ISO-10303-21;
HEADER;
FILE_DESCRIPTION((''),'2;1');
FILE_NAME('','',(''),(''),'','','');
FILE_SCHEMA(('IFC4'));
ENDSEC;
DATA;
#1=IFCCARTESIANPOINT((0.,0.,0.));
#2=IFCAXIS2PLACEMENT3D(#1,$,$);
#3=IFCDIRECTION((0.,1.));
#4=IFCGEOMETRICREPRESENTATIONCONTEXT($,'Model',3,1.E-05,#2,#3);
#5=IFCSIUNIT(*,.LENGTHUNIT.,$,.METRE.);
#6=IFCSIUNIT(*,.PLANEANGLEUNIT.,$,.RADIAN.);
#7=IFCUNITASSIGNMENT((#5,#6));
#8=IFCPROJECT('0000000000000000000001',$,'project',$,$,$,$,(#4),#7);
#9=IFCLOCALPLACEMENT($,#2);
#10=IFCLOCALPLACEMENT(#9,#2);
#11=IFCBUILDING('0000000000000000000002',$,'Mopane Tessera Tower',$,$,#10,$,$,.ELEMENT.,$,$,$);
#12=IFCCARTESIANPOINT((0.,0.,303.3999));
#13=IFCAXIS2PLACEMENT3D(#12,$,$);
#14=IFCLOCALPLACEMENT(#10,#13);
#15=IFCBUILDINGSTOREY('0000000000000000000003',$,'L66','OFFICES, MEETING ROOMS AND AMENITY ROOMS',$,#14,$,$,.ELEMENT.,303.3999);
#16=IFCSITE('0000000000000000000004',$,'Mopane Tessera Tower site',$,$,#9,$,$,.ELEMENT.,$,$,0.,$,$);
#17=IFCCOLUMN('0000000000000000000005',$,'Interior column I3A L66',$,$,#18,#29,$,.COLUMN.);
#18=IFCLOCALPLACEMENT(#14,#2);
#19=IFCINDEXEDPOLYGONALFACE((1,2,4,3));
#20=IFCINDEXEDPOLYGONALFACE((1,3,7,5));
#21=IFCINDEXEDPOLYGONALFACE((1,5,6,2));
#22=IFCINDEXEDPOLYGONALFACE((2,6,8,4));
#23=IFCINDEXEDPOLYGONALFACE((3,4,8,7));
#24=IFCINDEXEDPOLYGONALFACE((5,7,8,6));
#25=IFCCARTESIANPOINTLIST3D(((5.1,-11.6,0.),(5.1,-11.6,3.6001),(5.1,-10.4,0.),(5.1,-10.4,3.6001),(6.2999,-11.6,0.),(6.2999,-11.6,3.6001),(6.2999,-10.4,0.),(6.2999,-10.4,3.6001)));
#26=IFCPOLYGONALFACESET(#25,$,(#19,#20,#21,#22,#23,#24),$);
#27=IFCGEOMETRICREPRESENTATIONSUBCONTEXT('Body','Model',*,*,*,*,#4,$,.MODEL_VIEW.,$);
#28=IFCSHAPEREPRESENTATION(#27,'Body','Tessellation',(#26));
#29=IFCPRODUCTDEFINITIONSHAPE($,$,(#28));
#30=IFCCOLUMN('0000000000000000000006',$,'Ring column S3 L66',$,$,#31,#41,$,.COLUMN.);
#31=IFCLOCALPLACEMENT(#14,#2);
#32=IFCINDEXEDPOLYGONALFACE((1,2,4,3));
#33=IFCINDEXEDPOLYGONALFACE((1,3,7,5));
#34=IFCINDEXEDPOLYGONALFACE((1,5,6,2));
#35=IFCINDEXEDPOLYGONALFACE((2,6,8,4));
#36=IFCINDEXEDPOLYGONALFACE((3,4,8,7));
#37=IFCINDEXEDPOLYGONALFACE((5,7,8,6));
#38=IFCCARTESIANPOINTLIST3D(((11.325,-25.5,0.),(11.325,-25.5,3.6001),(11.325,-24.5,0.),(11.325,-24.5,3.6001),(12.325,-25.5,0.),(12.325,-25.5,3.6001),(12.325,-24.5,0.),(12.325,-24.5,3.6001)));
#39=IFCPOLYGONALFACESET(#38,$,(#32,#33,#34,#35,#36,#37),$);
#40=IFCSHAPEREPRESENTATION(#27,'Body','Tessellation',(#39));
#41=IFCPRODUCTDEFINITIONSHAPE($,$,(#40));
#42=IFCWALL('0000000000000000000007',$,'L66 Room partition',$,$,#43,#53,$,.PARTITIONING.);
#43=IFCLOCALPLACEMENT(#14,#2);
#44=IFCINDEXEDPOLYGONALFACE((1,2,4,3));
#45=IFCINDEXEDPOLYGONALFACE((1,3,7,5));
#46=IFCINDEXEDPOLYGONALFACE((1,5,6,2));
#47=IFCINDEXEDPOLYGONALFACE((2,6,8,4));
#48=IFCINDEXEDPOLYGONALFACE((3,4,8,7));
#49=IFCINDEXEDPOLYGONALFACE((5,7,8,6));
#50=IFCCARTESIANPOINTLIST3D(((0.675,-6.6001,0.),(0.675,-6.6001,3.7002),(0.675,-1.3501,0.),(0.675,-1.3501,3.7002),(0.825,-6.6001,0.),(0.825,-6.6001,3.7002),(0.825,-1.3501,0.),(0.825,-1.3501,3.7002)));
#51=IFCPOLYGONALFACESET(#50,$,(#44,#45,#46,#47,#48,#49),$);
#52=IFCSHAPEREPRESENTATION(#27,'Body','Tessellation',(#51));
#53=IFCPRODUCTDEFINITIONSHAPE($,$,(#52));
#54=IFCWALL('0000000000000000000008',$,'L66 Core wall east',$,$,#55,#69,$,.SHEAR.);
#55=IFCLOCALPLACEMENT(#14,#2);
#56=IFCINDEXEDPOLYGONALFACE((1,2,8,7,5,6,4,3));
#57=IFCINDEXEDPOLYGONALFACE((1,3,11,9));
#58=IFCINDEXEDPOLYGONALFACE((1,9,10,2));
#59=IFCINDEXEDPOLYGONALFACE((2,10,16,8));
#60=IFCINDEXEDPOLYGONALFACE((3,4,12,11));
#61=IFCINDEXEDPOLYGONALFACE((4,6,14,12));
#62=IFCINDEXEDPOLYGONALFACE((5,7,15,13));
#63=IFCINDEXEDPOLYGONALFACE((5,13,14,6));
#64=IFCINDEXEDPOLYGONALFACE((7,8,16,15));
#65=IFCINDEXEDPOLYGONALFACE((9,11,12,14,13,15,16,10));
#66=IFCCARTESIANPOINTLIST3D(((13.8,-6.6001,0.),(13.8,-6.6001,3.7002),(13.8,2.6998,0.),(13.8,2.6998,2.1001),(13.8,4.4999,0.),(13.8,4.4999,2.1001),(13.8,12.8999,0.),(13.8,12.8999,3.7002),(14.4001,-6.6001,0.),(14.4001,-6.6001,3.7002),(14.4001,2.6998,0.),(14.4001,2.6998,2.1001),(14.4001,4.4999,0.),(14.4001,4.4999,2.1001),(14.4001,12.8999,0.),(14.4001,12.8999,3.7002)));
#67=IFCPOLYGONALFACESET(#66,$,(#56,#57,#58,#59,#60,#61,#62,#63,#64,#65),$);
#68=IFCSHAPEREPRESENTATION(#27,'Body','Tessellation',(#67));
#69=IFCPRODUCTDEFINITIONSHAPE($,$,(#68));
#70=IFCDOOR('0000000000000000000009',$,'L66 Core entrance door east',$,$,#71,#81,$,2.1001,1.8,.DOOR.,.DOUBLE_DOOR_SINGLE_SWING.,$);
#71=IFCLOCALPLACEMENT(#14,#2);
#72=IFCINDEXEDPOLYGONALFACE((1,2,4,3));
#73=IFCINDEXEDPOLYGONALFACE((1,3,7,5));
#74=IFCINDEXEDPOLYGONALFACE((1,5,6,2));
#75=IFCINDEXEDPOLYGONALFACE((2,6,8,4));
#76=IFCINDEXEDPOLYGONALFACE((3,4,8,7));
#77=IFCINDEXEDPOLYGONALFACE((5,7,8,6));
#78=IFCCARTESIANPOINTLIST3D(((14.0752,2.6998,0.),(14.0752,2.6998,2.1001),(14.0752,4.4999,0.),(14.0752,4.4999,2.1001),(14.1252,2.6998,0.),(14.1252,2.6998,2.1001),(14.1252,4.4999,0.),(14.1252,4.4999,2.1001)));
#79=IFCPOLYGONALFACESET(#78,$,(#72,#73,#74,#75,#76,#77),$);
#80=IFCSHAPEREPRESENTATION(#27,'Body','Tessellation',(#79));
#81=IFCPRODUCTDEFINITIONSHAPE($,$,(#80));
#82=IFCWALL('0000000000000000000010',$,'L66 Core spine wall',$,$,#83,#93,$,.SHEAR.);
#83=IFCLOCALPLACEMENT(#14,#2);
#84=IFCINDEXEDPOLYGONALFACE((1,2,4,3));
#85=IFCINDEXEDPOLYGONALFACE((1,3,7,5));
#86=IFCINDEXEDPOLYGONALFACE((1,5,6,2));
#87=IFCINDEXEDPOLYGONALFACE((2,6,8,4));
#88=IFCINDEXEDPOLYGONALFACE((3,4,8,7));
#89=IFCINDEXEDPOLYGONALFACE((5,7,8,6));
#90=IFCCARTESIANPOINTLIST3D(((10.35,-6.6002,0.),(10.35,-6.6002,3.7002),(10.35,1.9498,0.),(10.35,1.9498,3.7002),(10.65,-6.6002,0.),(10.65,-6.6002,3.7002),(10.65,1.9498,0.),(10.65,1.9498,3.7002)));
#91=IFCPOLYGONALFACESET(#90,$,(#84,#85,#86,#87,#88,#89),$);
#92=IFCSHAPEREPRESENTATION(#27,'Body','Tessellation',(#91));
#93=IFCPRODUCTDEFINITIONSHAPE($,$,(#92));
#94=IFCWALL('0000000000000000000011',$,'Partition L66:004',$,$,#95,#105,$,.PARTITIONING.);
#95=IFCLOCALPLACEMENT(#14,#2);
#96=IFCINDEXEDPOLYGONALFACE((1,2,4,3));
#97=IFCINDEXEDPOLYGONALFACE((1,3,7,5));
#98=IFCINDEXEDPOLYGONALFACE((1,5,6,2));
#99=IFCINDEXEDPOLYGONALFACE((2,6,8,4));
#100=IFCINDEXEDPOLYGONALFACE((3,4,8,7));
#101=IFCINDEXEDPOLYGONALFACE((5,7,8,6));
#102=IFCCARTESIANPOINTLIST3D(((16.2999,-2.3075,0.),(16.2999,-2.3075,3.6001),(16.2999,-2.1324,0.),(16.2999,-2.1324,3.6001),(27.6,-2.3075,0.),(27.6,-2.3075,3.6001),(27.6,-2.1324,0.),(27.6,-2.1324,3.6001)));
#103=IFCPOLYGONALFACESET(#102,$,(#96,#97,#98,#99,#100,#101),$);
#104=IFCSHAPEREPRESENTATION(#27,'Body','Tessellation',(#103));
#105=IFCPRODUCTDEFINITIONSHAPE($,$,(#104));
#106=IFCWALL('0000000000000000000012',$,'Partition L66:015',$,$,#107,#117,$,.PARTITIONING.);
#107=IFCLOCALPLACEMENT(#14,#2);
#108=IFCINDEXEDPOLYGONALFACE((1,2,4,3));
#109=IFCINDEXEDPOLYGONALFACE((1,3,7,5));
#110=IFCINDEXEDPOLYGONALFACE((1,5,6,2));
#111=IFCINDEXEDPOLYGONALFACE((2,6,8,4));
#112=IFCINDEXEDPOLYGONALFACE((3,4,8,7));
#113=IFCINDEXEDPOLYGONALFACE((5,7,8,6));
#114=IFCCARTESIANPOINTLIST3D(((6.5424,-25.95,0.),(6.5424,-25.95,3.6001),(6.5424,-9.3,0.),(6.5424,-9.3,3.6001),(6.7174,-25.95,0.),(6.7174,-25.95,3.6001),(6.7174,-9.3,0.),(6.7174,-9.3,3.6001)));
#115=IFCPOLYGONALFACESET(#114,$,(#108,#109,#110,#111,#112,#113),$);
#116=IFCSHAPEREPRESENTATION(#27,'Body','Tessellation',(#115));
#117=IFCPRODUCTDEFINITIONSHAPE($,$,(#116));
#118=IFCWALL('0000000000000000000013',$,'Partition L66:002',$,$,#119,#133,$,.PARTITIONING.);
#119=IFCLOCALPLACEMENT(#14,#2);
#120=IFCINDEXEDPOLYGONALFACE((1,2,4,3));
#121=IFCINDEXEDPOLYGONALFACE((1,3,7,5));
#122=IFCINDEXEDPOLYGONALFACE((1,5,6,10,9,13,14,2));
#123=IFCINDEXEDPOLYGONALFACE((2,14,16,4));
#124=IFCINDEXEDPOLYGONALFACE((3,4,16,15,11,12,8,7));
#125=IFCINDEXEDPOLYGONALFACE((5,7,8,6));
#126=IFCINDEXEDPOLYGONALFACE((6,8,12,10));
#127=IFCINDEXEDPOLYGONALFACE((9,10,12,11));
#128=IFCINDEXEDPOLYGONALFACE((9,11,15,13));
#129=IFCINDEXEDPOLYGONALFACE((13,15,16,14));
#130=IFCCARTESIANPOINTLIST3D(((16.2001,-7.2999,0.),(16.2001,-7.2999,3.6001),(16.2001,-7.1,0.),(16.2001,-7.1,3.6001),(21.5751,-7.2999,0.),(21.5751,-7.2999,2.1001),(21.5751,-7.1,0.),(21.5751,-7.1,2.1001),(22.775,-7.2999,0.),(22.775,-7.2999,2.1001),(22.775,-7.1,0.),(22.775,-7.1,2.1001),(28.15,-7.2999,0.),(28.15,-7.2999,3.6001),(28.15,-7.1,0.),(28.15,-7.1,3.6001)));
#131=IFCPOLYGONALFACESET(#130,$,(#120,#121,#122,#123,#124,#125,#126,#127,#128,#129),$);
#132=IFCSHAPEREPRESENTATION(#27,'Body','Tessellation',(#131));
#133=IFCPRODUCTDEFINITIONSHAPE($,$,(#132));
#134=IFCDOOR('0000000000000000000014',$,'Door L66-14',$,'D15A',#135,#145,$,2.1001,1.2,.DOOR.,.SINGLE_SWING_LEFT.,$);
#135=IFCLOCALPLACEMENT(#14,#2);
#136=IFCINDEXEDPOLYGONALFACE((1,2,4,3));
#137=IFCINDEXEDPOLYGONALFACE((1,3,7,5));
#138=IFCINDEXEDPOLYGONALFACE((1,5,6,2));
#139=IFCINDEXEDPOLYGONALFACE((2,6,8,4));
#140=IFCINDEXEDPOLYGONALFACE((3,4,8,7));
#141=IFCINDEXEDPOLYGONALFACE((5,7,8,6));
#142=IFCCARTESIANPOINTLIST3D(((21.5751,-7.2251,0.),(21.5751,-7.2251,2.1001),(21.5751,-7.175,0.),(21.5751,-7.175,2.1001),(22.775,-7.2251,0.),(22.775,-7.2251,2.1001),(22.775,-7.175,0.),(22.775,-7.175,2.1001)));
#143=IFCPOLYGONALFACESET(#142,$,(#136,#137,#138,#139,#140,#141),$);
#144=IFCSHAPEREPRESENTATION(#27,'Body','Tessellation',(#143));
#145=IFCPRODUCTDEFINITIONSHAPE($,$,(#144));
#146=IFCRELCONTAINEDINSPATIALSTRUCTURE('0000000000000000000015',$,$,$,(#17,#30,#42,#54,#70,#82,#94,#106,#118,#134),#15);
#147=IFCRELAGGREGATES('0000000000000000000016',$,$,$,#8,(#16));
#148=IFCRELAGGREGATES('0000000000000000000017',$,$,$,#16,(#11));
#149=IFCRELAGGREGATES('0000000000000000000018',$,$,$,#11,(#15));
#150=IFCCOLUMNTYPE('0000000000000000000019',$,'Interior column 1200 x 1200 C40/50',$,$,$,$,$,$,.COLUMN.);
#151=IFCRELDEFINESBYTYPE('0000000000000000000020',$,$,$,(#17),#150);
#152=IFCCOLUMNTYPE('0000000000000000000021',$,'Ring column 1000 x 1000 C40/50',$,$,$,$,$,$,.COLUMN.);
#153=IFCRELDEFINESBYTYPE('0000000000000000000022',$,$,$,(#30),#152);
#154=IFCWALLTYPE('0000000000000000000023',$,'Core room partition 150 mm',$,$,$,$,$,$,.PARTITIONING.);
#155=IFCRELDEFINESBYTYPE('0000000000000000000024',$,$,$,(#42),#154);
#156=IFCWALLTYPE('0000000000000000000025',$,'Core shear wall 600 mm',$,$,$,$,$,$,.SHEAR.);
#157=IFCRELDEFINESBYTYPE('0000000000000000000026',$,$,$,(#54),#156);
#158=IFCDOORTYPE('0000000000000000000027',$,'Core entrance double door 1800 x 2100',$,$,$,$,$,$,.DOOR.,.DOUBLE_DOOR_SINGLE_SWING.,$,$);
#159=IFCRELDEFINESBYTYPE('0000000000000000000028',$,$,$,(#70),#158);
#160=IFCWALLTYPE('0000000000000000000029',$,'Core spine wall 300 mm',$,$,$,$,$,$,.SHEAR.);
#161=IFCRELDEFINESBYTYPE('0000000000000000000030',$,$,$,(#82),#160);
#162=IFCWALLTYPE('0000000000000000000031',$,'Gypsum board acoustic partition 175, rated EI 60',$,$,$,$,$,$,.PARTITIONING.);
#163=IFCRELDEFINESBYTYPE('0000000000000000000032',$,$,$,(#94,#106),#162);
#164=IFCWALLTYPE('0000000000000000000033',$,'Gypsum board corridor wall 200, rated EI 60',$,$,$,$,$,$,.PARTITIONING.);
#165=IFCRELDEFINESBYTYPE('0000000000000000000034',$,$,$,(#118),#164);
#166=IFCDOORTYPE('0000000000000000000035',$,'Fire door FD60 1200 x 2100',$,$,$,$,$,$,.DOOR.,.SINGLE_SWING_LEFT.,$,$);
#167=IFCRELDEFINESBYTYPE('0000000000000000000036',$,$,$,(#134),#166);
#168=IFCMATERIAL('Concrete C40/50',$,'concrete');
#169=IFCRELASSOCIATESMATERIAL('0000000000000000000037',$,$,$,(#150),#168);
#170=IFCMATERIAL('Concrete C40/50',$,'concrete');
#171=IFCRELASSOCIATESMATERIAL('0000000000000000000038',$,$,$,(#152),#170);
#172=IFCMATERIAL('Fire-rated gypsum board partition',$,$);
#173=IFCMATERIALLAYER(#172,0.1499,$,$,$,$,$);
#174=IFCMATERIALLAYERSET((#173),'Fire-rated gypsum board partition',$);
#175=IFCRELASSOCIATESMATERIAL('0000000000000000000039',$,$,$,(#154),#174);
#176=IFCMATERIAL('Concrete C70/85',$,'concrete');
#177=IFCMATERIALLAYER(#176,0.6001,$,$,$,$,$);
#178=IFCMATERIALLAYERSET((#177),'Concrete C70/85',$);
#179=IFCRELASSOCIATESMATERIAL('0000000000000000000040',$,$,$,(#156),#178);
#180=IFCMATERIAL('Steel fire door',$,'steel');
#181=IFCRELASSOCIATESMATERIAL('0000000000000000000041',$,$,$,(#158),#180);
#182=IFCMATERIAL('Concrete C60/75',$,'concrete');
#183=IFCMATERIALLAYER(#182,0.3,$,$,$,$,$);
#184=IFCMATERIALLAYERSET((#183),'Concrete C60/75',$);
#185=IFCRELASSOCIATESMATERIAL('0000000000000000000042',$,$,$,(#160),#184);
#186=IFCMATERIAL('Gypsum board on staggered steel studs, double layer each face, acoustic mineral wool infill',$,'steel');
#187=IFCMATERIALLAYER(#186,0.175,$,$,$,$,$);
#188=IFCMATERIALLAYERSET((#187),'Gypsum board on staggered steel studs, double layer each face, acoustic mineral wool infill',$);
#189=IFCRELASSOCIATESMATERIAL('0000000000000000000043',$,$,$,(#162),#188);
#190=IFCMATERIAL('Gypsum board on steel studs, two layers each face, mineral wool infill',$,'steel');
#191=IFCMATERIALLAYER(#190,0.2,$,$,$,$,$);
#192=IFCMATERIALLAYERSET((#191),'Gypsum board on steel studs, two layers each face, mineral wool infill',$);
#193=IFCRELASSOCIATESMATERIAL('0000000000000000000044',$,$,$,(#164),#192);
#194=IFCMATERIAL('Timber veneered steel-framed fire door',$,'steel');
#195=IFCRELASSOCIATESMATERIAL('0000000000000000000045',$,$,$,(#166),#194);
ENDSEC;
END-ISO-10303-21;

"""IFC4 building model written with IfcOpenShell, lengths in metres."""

from ifc_helpers import new_model, si_unit, direction, frame, frame_2d, origin, origin_2d, place, context, subcontext, project, spatial, rectangle, extrude, material, layer, layer_set, material_profile, profile_set, type_object, element, fill, save


model = new_model("IFC4")

# Units and contexts
model_context = context("Model", 3, precision=1e-05, world=origin(), true_north=direction((0.0, 1.0)))
body_context = subcontext(model_context, "Body", "Model", "MODEL_VIEW")
ifc_project = project(units=[si_unit("LENGTHUNIT", "METRE"), si_unit("PLANEANGLEUNIT", "RADIAN")], contexts=[model_context])

# Site, building, storey
site_placement = place(None, origin())
site = spatial("IfcSite", under=ifc_project, at=site_placement, Name="Mopane Tessera Tower site", CompositionType="ELEMENT", RefElevation=0.0)
building_placement = place(site_placement, origin())
building = spatial("IfcBuilding", under=site, at=building_placement, Name="Mopane Tessera Tower", CompositionType="ELEMENT")
storey_placement = place(building_placement, frame((0.0, 0.0, 303.3999)))
storey = spatial("IfcBuildingStorey", under=building, at=storey_placement, Name="L66", Description="OFFICES, MEETING ROOMS AND AMENITY ROOMS", CompositionType="ELEMENT", Elevation=303.3999)

# Columns
ifc_material_1 = material(Name="Concrete C40/50", Category="concrete")
ifc_material_profile_1 = material_profile(ifc_material_1, rectangle(XDim=1.2, YDim=1.2, at=origin_2d()))
ifc_profile_set_1 = profile_set([ifc_material_profile_1], Name="Concrete C40/50")
column_type_1 = type_object("IfcColumnType", Name="Interior column 1200 x 1200 C40/50", PredefinedType="COLUMN", material=ifc_profile_set_1)
column_1_placement = place(storey_placement, frame((5.7, -11.0, 0.0), z_axis=(0.0, 0.0, 1.0), x_axis=(1.0, 0.0, 0.0)))
element("IfcColumn", 1, at=column_1_placement, inside=storey, type_object=column_type_1, Name="Interior column I3A L66", PredefinedType="COLUMN", context=body_context, shape_type="SweptSolid", body=[
    extrude(rectangle(XDim=1.2, YDim=1.2, at=origin_2d()), origin(), (0.0, 0.0, 1.0), 3.6001),
])
ifc_material_2 = material(Name="Concrete C40/50", Category="concrete")
ifc_material_profile_2 = material_profile(ifc_material_2, rectangle(XDim=1.0, YDim=1.0, at=origin_2d()))
ifc_profile_set_2 = profile_set([ifc_material_profile_2], Name="Concrete C40/50")
column_type_2 = type_object("IfcColumnType", Name="Ring column 1000 x 1000 C40/50", PredefinedType="COLUMN", material=ifc_profile_set_2)
column_2_placement = place(storey_placement, frame((11.825, -25.0, 0.0), z_axis=(0.0, 0.0, 1.0), x_axis=(1.0, 0.0, 0.0)))
element("IfcColumn", 2, at=column_2_placement, inside=storey, type_object=column_type_2, Name="Ring column S3 L66", PredefinedType="COLUMN", context=body_context, shape_type="SweptSolid", body=[
    extrude(rectangle(XDim=1.0, YDim=1.0, at=origin_2d()), origin(), (0.0, 0.0, 1.0), 3.6001),
])

# Wall
ifc_material_3 = material(Name="Fire-rated gypsum board partition")
ifc_layer_1 = layer(ifc_material_3, 0.1499)
ifc_layer_set_1 = layer_set([ifc_layer_1], Name="Fire-rated gypsum board partition")
wall_type_1 = type_object("IfcWallType", Name="Core room partition 150 mm", PredefinedType="PARTITIONING", material=ifc_layer_set_1)
wall_1_placement = place(storey_placement, frame((0.75, -6.6001, 0.0), z_axis=(0.0, 0.0, 1.0), x_axis=(0.0, 1.0, 0.0)))
element("IfcWall", 3, at=wall_1_placement, inside=storey, type_object=wall_type_1, Name="L66 Room partition", PredefinedType="PARTITIONING", context=body_context, shape_type="SweptSolid", body=[
    extrude(rectangle(XDim=5.25, YDim=0.1499, at=frame_2d((2.625, 0.0))), origin(), (0.0, 0.0, 1.0), 3.7002),
])

# Wall, opening, door
ifc_material_4 = material(Name="Concrete C70/85", Category="concrete")
ifc_layer_2 = layer(ifc_material_4, 0.6001)
ifc_layer_set_2 = layer_set([ifc_layer_2], Name="Concrete C70/85")
wall_type_2 = type_object("IfcWallType", Name="Core shear wall 600 mm", PredefinedType="SHEAR", material=ifc_layer_set_2)
wall_2_placement = place(storey_placement, frame((14.1001, -6.6001, 0.0), z_axis=(0.0, 0.0, 1.0), x_axis=(0.0, 1.0, 0.0)))
wall_2 = element("IfcWall", 4, at=wall_2_placement, inside=storey, type_object=wall_type_2, Name="L66 Core wall east", PredefinedType="SHEAR", context=body_context, shape_type="SweptSolid", body=[
    extrude(rectangle(XDim=19.5, YDim=0.6001, at=frame_2d((9.75, 0.0))), origin(), (0.0, 0.0, 1.0), 3.7002),
])
opening_1_placement = place(wall_2_placement, frame((9.3, 0.0, 0.0)))
opening_1 = element("IfcOpeningElement", 5, at=opening_1_placement, cuts=wall_2, PredefinedType="OPENING", context=body_context, shape_type="SweptSolid", body=[
    extrude(rectangle(XDim=1.8, YDim=2.1001, at=frame_2d((0.8999, 1.05))), frame((0.0, 0.312, 0.0), z_axis=(0.0, -1.0, 0.0), x_axis=(1.0, 0.0, 0.0)), (0.0, 0.0, 1.0), 0.624),
])
ifc_material_5 = material(Name="Steel fire door", Category="steel")
door_type_1 = type_object("IfcDoorType", Name="Core entrance double door 1800 x 2100", OperationType="DOUBLE_DOOR_SINGLE_SWING", PredefinedType="DOOR", material=ifc_material_5)
door_1_placement = place(opening_1_placement, origin())
door_1 = element("IfcDoor", 6, at=door_1_placement, inside=storey, type_object=door_type_1, Name="L66 Core entrance door east", OperationType="DOUBLE_DOOR_SINGLE_SWING", OverallHeight=2.1001, OverallWidth=1.8, PredefinedType="DOOR", context=body_context, shape_type="SweptSolid", body=[
    extrude(rectangle(XDim=1.8, YDim=2.1001, at=frame_2d((0.8999, 1.05))), frame((0.0, 0.0249, 0.0), z_axis=(0.0, -1.0, 0.0), x_axis=(1.0, 0.0, 0.0)), (0.0, 0.0, 1.0), 0.05),
])
fill(opening_1, door_1)

# Walls
ifc_material_6 = material(Name="Concrete C60/75", Category="concrete")
ifc_layer_3 = layer(ifc_material_6, 0.3)
ifc_layer_set_3 = layer_set([ifc_layer_3], Name="Concrete C60/75")
wall_type_3 = type_object("IfcWallType", Name="Core spine wall 300 mm", PredefinedType="SHEAR", material=ifc_layer_set_3)
wall_3_placement = place(storey_placement, frame((10.5, -6.6001, 0.0), z_axis=(0.0, 0.0, 1.0), x_axis=(0.0, 1.0, 0.0)))
element("IfcWall", 7, at=wall_3_placement, inside=storey, type_object=wall_type_3, Name="L66 Core spine wall", PredefinedType="SHEAR", context=body_context, shape_type="SweptSolid", body=[
    extrude(rectangle(XDim=8.55, YDim=0.3, at=frame_2d((4.2749, 0.0))), origin(), (0.0, 0.0, 1.0), 3.7002),
])
ifc_material_7 = material(Name="Gypsum board on staggered steel studs, double layer each face, acoustic mineral wool infill", Category="steel")
ifc_layer_4 = layer(ifc_material_7, 0.175)
ifc_layer_set_4 = layer_set([ifc_layer_4], Name="Gypsum board on staggered steel studs, double layer each face, acoustic mineral wool infill")
wall_type_4 = type_object("IfcWallType", Name="Gypsum board acoustic partition 175, rated EI 60", PredefinedType="PARTITIONING", material=ifc_layer_set_4)
wall_4_placement = place(storey_placement, frame((16.3, -2.22, 0.0), z_axis=(0.0, 0.0, 1.0), x_axis=(1.0, 0.0, 0.0)))
element("IfcWall", 8, at=wall_4_placement, inside=storey, type_object=wall_type_4, Name="Partition L66:004", PredefinedType="PARTITIONING", context=body_context, shape_type="SweptSolid", body=[
    extrude(rectangle(XDim=11.3, YDim=0.175, at=frame_2d((5.6499, 0.0))), origin(), (0.0, 0.0, 1.0), 3.6001),
])
wall_5_placement = place(storey_placement, frame((6.6299, -25.95, 0.0), z_axis=(0.0, 0.0, 1.0), x_axis=(0.0, 1.0, 0.0)))
element("IfcWall", 9, at=wall_5_placement, inside=storey, type_object=wall_type_4, Name="Partition L66:015", PredefinedType="PARTITIONING", context=body_context, shape_type="SweptSolid", body=[
    extrude(rectangle(XDim=16.6499, YDim=0.175, at=frame_2d((8.325, 0.0))), origin(), (0.0, 0.0, 1.0), 3.6001),
])

# Wall, opening, door
ifc_material_8 = material(Name="Gypsum board on steel studs, two layers each face, mineral wool infill", Category="steel")
ifc_layer_5 = layer(ifc_material_8, 0.2)
ifc_layer_set_5 = layer_set([ifc_layer_5], Name="Gypsum board on steel studs, two layers each face, mineral wool infill")
wall_type_5 = type_object("IfcWallType", Name="Gypsum board corridor wall 200, rated EI 60", PredefinedType="PARTITIONING", material=ifc_layer_set_5)
wall_6_placement = place(storey_placement, frame((16.2, -7.2, 0.0), z_axis=(0.0, 0.0, 1.0), x_axis=(1.0, 0.0, 0.0)))
wall_6 = element("IfcWall", 10, at=wall_6_placement, inside=storey, type_object=wall_type_5, Name="Partition L66:002", PredefinedType="PARTITIONING", context=body_context, shape_type="SweptSolid", body=[
    extrude(rectangle(XDim=11.95, YDim=0.2, at=frame_2d((5.9751, 0.0))), origin(), (0.0, 0.0, 1.0), 3.6001),
])
opening_2_placement = place(wall_6_placement, frame((5.375, 0.0, 0.0)))
opening_2 = element("IfcOpeningElement", 11, at=opening_2_placement, cuts=wall_6, PredefinedType="OPENING", context=body_context, shape_type="SweptSolid", body=[
    extrude(rectangle(XDim=1.2, YDim=2.1001, at=frame_2d((0.6001, 1.05))), frame((0.0, 0.1121, 0.0), z_axis=(0.0, -1.0, 0.0), x_axis=(1.0, 0.0, 0.0)), (0.0, 0.0, 1.0), 0.2239),
])
ifc_material_9 = material(Name="Timber veneered steel-framed fire door", Category="steel")
door_type_2 = type_object("IfcDoorType", Name="Fire door FD60 1200 x 2100", OperationType="SINGLE_SWING_LEFT", PredefinedType="DOOR", material=ifc_material_9)
door_2_placement = place(opening_2_placement, origin())
door_2 = element("IfcDoor", 12, at=door_2_placement, inside=storey, type_object=door_type_2, Name="Door L66-14", ObjectType="D15A", OperationType="SINGLE_SWING_LEFT", OverallHeight=2.1001, OverallWidth=1.2, PredefinedType="DOOR", context=body_context, shape_type="SweptSolid", body=[
    extrude(rectangle(XDim=1.2, YDim=2.1001, at=frame_2d((0.6001, 1.05))), frame((0.0, 0.0249, 0.0), z_axis=(0.0, -1.0, 0.0), x_axis=(1.0, 0.0, 0.0)), (0.0, 0.0, 1.0), 0.05),
])
fill(opening_2, door_2)

save(model, "model.ifc")
